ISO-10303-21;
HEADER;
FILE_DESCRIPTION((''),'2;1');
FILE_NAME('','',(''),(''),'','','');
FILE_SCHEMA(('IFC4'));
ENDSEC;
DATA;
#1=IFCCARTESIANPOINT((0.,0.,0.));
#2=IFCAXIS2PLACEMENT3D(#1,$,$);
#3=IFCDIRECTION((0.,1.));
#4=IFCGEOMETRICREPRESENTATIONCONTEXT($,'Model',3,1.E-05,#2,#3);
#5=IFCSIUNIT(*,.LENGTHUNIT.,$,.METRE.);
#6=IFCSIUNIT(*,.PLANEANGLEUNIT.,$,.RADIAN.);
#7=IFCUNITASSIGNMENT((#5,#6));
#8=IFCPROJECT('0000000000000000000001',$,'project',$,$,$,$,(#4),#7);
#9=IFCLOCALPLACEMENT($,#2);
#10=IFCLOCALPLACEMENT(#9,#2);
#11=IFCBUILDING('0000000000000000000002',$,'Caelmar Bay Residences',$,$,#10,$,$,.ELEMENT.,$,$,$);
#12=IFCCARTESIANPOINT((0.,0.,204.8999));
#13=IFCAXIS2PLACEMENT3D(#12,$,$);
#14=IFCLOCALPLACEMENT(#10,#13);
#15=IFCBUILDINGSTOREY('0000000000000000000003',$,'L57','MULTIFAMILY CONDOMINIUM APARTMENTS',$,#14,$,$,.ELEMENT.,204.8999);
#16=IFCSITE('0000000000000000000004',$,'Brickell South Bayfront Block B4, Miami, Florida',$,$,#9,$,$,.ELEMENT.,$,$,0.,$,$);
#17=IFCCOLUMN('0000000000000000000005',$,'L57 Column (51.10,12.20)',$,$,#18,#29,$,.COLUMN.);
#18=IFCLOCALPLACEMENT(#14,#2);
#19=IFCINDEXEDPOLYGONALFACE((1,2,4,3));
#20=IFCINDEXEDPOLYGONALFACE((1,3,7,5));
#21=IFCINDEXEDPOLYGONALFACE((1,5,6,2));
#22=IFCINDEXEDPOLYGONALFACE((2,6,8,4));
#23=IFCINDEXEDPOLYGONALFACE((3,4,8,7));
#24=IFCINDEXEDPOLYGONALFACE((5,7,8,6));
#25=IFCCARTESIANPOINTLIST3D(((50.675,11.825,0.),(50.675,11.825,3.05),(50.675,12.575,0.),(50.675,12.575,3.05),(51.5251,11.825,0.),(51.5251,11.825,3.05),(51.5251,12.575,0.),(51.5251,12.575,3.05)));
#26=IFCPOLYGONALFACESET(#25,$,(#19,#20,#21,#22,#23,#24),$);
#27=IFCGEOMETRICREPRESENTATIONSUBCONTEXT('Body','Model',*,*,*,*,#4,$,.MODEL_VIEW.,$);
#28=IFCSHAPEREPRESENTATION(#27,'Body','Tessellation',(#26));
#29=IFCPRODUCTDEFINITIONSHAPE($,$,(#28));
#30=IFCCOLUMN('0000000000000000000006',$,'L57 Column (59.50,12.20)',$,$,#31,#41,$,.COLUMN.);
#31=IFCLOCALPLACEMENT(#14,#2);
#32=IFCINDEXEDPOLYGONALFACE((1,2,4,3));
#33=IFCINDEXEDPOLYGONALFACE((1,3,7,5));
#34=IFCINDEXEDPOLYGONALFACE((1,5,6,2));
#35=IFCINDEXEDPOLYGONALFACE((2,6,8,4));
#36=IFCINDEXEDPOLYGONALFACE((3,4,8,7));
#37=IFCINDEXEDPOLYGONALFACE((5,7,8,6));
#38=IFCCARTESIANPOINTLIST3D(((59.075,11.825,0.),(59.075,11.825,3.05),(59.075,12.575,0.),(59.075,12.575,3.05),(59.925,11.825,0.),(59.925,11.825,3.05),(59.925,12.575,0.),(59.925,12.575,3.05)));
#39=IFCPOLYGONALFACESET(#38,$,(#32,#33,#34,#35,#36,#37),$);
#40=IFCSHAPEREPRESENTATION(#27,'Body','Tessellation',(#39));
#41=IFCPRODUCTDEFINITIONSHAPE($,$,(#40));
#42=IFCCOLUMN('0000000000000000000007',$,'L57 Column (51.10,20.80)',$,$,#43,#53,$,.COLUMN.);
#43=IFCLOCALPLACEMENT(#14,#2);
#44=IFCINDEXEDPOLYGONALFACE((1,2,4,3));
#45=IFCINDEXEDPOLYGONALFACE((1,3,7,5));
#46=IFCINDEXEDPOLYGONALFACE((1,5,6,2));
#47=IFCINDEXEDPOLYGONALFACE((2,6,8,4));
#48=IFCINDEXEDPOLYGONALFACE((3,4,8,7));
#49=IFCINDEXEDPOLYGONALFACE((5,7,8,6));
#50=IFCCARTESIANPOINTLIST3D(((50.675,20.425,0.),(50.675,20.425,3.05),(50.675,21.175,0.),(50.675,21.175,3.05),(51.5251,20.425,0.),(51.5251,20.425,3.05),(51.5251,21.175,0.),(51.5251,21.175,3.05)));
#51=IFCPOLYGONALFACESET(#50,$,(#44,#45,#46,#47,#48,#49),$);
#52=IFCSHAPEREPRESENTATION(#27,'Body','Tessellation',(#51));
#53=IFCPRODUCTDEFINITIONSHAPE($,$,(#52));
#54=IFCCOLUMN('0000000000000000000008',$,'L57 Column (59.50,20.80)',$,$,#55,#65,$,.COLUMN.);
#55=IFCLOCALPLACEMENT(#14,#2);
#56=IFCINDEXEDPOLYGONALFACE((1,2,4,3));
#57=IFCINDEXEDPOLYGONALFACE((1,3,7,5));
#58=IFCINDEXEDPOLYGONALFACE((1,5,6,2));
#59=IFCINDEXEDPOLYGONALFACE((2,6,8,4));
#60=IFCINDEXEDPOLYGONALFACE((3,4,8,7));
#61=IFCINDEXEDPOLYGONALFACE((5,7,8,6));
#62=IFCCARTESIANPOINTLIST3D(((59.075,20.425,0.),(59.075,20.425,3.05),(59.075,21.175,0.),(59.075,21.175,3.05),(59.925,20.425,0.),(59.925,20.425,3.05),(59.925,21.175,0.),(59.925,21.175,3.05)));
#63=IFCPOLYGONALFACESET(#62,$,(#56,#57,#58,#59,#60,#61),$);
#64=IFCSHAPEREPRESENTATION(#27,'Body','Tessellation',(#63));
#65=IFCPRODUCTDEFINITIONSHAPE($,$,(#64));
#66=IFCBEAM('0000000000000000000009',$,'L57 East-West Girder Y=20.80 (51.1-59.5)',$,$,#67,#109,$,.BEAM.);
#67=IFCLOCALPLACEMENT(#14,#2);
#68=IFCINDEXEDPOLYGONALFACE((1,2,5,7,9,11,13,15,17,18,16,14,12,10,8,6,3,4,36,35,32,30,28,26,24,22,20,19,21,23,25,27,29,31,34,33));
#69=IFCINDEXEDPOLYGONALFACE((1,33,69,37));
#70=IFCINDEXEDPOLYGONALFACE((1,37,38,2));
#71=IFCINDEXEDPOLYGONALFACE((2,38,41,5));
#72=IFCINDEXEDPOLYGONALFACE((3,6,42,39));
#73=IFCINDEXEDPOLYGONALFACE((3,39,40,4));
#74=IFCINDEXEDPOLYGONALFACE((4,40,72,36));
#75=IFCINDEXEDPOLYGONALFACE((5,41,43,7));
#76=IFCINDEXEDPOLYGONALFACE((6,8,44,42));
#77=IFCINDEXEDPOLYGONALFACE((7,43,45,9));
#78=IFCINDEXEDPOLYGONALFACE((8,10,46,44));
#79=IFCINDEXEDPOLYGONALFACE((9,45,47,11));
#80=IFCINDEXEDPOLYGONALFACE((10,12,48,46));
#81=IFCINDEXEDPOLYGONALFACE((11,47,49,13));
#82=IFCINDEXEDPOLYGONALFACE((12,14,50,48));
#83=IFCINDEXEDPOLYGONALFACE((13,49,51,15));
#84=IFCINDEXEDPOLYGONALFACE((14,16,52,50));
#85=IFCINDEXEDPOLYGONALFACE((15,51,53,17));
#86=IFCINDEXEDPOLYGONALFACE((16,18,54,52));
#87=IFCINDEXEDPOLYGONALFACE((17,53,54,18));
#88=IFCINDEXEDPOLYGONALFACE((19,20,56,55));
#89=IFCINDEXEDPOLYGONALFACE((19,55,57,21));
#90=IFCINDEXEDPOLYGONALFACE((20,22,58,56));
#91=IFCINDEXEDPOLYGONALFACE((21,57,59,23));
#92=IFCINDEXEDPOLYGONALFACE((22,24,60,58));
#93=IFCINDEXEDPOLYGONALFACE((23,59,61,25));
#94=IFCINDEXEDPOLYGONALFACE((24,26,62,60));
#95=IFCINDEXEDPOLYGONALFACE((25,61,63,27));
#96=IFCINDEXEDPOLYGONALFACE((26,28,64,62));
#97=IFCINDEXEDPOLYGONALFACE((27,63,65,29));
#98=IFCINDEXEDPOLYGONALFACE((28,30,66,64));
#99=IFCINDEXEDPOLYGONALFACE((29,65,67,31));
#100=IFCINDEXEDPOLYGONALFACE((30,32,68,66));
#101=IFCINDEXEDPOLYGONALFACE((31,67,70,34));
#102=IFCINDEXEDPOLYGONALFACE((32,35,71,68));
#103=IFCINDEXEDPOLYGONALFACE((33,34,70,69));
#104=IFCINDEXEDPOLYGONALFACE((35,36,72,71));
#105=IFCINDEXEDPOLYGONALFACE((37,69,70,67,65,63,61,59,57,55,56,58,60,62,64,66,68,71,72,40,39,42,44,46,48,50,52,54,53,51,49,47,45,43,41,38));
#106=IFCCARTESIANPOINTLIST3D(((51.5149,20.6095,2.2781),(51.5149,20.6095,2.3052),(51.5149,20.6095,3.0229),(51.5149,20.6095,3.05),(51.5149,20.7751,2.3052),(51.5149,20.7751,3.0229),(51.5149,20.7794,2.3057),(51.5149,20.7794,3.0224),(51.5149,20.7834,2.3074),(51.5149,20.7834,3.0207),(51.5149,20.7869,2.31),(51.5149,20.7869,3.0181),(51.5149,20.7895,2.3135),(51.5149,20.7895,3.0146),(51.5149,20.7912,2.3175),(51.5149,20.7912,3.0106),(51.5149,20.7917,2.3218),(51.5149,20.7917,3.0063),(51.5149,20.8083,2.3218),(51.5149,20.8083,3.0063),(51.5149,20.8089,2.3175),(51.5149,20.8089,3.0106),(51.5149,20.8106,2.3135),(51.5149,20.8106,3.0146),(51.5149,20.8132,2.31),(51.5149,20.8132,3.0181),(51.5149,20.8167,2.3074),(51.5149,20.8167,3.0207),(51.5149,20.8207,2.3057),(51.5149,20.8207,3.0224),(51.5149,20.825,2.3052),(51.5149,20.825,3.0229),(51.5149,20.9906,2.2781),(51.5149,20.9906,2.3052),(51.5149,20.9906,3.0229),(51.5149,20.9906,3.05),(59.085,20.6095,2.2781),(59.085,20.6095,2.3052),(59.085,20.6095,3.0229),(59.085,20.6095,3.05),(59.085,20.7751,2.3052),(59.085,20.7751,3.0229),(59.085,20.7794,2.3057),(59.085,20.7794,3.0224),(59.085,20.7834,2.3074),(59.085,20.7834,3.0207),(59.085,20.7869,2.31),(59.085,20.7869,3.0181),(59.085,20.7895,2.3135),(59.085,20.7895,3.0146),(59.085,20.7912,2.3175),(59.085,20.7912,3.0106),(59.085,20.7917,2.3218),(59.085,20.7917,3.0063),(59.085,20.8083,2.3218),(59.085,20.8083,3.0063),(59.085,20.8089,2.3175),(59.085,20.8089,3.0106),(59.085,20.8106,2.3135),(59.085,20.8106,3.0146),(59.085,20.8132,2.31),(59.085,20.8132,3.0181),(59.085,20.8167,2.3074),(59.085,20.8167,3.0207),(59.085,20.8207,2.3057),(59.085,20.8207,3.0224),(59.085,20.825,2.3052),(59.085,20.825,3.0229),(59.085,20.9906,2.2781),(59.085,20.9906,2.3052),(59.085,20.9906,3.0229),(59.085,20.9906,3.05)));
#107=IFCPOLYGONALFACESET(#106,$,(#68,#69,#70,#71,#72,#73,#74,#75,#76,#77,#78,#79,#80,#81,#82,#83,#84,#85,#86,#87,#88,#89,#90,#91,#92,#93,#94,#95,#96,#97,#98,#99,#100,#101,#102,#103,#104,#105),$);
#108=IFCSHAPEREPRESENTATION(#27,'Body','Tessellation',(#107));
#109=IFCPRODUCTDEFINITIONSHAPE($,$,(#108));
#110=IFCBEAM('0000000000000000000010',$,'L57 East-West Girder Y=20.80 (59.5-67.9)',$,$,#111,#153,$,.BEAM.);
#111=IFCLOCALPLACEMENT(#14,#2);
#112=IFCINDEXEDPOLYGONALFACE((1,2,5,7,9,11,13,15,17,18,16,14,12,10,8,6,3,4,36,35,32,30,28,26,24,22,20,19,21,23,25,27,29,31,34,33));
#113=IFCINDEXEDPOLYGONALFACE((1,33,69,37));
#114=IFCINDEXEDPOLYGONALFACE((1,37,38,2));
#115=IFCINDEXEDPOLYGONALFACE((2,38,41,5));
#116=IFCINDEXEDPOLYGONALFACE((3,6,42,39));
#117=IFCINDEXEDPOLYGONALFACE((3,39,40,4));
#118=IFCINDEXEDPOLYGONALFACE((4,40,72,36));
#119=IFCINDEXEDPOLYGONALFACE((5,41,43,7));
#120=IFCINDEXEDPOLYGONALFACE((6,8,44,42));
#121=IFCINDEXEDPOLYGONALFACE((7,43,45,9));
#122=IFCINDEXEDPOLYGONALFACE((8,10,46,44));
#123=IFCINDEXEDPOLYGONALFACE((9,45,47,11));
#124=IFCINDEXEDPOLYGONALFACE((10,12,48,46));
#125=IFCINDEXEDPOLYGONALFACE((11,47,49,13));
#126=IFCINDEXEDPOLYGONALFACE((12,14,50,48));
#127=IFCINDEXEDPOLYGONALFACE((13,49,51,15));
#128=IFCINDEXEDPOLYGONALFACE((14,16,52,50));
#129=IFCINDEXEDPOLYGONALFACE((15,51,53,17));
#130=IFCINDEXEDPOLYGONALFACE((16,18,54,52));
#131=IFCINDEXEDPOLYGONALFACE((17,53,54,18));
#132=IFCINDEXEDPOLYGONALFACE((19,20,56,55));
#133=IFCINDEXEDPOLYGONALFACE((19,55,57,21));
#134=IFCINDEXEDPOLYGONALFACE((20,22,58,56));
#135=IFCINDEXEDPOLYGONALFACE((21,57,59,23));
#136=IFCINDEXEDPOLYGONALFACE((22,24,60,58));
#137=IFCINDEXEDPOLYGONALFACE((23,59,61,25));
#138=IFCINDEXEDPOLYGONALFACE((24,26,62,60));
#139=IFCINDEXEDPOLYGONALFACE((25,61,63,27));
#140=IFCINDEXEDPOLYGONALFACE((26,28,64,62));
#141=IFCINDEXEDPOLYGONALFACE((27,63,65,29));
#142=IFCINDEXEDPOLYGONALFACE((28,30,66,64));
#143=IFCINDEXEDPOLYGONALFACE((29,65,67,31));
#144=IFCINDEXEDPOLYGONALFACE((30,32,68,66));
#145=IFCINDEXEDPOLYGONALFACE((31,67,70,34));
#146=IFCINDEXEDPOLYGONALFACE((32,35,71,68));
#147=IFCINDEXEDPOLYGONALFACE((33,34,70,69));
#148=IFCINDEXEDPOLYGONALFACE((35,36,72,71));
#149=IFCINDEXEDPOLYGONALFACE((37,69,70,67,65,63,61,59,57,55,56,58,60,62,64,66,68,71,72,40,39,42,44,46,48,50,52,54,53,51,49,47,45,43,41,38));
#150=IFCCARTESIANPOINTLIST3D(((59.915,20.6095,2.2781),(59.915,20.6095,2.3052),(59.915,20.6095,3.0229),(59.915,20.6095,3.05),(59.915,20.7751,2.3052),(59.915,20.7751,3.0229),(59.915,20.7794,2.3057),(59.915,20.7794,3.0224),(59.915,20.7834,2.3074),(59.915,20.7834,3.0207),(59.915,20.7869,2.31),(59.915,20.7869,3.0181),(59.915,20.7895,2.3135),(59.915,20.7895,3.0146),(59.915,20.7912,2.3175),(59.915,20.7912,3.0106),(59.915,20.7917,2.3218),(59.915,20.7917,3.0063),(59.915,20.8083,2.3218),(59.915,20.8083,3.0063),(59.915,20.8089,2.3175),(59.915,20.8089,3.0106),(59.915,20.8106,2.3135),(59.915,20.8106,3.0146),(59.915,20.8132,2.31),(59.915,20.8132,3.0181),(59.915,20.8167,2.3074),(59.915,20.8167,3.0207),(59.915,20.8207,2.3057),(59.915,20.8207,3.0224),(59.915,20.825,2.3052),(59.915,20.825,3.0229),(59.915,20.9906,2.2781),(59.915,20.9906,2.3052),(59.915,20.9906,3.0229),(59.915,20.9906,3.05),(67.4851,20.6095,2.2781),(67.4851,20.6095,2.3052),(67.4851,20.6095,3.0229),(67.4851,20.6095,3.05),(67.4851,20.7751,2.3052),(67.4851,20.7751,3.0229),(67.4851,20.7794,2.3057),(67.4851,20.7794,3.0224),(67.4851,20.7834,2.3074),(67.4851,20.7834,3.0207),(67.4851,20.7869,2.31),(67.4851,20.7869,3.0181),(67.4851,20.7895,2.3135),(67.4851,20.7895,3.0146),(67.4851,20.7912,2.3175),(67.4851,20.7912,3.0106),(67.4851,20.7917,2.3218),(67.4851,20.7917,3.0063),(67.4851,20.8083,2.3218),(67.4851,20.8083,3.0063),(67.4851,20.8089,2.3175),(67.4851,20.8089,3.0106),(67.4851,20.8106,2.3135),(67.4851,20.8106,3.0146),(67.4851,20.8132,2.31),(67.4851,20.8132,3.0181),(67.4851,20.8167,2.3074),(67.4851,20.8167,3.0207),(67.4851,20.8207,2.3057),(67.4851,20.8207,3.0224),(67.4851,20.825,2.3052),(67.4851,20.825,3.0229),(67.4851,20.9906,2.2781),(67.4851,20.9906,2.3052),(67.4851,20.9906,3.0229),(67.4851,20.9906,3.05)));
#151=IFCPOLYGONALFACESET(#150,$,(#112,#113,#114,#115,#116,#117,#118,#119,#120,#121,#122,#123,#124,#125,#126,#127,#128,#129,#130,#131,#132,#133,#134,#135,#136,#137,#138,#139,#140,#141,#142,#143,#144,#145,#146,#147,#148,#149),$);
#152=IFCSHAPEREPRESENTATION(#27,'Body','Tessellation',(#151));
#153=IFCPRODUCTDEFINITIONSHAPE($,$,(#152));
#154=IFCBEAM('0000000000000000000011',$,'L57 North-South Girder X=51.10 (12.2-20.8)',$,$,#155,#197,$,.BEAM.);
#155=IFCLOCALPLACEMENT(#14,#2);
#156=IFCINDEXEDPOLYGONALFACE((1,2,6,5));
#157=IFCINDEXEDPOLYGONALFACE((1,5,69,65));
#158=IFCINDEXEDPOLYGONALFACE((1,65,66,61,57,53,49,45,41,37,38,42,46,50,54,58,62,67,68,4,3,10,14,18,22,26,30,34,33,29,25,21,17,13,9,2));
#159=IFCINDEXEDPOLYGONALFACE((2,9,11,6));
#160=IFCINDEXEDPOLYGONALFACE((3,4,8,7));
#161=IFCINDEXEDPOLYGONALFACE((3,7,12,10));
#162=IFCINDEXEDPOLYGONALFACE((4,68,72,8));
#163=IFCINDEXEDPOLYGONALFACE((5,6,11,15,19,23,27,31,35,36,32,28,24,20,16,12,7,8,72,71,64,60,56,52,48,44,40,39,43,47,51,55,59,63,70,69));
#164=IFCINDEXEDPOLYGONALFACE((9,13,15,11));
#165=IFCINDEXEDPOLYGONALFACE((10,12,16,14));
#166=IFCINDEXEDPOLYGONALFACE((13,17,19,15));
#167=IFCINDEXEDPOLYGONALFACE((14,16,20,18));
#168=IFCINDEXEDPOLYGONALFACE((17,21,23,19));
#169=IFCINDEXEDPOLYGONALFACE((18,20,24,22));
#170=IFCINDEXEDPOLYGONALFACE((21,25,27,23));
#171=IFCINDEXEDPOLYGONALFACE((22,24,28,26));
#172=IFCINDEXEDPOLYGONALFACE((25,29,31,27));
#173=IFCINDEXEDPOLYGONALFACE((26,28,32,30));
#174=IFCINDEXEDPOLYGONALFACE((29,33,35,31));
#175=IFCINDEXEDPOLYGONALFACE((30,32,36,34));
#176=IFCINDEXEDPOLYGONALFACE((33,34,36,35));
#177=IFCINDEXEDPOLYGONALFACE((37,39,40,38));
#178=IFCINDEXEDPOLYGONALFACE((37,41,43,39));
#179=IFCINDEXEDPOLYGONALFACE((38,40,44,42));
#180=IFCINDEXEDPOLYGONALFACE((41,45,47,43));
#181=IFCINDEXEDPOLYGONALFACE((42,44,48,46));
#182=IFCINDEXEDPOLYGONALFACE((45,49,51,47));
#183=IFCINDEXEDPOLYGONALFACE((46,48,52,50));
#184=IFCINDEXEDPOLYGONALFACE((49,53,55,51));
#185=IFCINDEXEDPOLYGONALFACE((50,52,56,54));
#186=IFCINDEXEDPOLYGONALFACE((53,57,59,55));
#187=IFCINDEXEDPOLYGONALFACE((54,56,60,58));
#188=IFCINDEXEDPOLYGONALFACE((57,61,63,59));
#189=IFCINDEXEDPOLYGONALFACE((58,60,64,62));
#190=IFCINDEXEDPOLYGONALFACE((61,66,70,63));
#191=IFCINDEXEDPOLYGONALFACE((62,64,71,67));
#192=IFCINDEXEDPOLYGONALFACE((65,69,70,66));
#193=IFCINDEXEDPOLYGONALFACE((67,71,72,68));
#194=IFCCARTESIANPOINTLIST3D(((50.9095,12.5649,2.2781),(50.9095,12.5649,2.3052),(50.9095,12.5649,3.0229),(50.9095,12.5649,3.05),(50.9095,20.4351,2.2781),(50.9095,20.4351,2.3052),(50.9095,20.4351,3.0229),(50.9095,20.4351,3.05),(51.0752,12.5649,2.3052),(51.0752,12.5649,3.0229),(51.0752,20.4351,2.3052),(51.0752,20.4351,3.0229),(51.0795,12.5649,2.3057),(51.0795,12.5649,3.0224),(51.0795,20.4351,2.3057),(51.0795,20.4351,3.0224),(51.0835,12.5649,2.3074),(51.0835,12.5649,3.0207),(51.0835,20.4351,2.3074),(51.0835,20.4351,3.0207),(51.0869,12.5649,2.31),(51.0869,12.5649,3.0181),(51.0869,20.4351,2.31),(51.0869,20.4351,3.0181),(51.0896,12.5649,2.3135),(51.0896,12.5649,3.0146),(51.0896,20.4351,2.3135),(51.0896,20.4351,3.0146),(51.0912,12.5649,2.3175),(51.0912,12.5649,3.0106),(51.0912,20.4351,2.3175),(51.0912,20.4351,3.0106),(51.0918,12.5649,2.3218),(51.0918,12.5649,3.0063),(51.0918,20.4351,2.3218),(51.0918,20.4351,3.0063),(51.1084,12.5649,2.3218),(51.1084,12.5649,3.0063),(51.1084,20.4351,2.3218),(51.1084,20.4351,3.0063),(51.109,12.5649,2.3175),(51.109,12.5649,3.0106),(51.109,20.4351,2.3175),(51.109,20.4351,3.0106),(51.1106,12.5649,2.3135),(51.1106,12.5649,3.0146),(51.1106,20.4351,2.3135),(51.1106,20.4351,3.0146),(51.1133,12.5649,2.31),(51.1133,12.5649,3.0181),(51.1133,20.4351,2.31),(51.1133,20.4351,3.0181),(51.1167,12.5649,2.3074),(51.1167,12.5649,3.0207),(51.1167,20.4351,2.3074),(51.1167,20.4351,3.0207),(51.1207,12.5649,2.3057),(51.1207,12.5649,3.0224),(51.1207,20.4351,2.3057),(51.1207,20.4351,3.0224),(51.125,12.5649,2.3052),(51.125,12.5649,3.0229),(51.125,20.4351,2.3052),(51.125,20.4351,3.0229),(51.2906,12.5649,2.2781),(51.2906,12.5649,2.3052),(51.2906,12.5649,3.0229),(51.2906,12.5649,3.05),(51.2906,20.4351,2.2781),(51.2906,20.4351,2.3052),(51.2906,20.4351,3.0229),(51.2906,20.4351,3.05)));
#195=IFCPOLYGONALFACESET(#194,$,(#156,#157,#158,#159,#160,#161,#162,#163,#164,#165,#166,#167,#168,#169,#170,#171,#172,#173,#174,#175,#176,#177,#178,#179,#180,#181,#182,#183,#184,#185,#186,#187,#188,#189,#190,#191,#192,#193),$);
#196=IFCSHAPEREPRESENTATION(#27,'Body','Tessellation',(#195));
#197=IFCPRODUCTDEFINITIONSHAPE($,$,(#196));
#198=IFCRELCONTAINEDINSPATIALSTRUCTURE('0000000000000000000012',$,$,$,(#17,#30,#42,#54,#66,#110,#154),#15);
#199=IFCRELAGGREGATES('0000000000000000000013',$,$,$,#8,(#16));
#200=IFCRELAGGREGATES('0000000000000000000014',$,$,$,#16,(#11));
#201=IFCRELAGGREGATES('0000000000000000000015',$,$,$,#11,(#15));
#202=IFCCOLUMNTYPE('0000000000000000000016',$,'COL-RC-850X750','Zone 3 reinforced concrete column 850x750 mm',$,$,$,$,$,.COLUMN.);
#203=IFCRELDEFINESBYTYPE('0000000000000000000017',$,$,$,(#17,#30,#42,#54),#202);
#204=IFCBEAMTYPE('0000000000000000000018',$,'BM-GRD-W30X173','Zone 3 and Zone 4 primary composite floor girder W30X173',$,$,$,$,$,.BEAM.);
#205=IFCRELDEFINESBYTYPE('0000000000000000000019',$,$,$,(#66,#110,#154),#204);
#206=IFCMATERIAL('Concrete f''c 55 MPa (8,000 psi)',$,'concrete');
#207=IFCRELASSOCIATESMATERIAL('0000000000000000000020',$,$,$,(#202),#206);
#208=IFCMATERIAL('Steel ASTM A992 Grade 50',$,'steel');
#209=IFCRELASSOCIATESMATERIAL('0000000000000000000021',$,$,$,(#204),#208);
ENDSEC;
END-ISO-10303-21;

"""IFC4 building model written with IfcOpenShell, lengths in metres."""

from ifc_helpers import new_model, si_unit, direction, frame, origin, origin_2d, place, context, subcontext, project, spatial, rectangle, i_section, extrude, material, material_profile, profile_set, type_object, element, save


model = new_model("IFC4")

# Units and contexts
model_context = context("Model", 3, precision=1e-05, world=origin(), true_north=direction((0.0, 1.0)))
body_context = subcontext(model_context, "Body", "Model", "MODEL_VIEW")
ifc_project = project(units=[si_unit("LENGTHUNIT", "METRE"), si_unit("PLANEANGLEUNIT", "RADIAN")], contexts=[model_context])

# Site, building, storey
site_placement = place(None, origin())
site = spatial("IfcSite", under=ifc_project, at=site_placement, Name="Brickell South Bayfront Block B4, Miami, Florida", CompositionType="ELEMENT", RefElevation=0.0)
building_placement = place(site_placement, origin())
building = spatial("IfcBuilding", under=site, at=building_placement, Name="Caelmar Bay Residences", CompositionType="ELEMENT")
storey_placement = place(building_placement, frame((0.0, 0.0, 204.8999)))
storey = spatial("IfcBuildingStorey", under=building, at=storey_placement, Name="L57", Description="MULTIFAMILY CONDOMINIUM APARTMENTS", CompositionType="ELEMENT", Elevation=204.8999)

# Columns
ifc_material_1 = material(Name="Concrete f'c 55 MPa (8,000 psi)", Category="concrete")
ifc_material_profile_1 = material_profile(ifc_material_1, rectangle(XDim=0.8501, YDim=0.75, at=origin_2d()), Name="RC-COL-850X750")
ifc_profile_set_1 = profile_set([ifc_material_profile_1], Name="Concrete f'c 55 MPa (8,000 psi)")
column_type = type_object("IfcColumnType", Name="COL-RC-850X750", Description="Zone 3 reinforced concrete column 850x750 mm", PredefinedType="COLUMN", material=ifc_profile_set_1)
for number, where, z_axis, x_axis, name in (
    (1, (51.1001, 12.2, 0.0), (0.0, 0.0, 1.0), (1.0, 0.0, 0.0), "L57 Column (51.10,12.20)"),
    (2, (59.5, 12.2, 0.0), (0.0, 0.0, 1.0), (1.0, 0.0, 0.0), "L57 Column (59.50,12.20)"),
    (3, (51.1001, 20.8, 0.0), (0.0, 0.0, 1.0), (1.0, 0.0, 0.0), "L57 Column (51.10,20.80)"),
    (4, (59.5, 20.8, 0.0), (0.0, 0.0, 1.0), (1.0, 0.0, 0.0), "L57 Column (59.50,20.80)"),
):
    element("IfcColumn", number, at=place(storey_placement, frame(where, z_axis=z_axis, x_axis=x_axis)), inside=storey, type_object=column_type, Name=name, PredefinedType="COLUMN", context=body_context, shape_type="SweptSolid", body=[
        extrude(rectangle(XDim=0.8501, YDim=0.75, at=origin_2d()), origin(), (0.0, 0.0, 1.0), 3.05),
    ])

# Beams
ifc_material_2 = material(Name="Steel ASTM A992 Grade 50", Category="steel")
ifc_material_profile_2 = material_profile(ifc_material_2, i_section(OverallWidth=0.3811, OverallDepth=0.772, WebThickness=0.0166, FlangeThickness=0.0271, FilletRadius=0.0166, at=origin_2d()), Name="W30X173")
ifc_profile_set_2 = profile_set([ifc_material_profile_2], Name="Steel ASTM A992 Grade 50")
beam_type_1 = type_object("IfcBeamType", Name="BM-GRD-W30X173", Description="Zone 3 and Zone 4 primary composite floor girder W30X173", PredefinedType="BEAM", material=ifc_profile_set_2)
for number, where, z_axis, x_axis, name in (
    (5, (51.5149, 20.8, 2.6641), (1.0, 0.0, 0.0), (0.0, 1.0, 0.0), "L57 East-West Girder Y=20.80 (51.1-59.5)"),
    (6, (59.915, 20.8, 2.6641), (1.0, 0.0, 0.0), (0.0, 1.0, 0.0), "L57 East-West Girder Y=20.80 (59.5-67.9)"),
):
    element("IfcBeam", number, at=place(storey_placement, frame(where, z_axis=z_axis, x_axis=x_axis)), inside=storey, type_object=beam_type_1, Name=name, PredefinedType="BEAM", context=body_context, shape_type="SweptSolid", body=[
        extrude(i_section(OverallWidth=0.3811, OverallDepth=0.772, WebThickness=0.0166, FlangeThickness=0.0271, FilletRadius=0.0166, at=origin_2d()), origin(), (0.0, 0.0, 1.0), 7.5701),
    ])
for number, where, z_axis, x_axis, name in (
    (7, (51.1001, 12.5649, 2.6641), (0.0, 1.0, 0.0), (-1.0, 0.0, 0.0), "L57 North-South Girder X=51.10 (12.2-20.8)"),
):
    element("IfcBeam", number, at=place(storey_placement, frame(where, z_axis=z_axis, x_axis=x_axis)), inside=storey, type_object=beam_type_1, Name=name, PredefinedType="BEAM", context=body_context, shape_type="SweptSolid", body=[
        extrude(i_section(OverallWidth=0.3811, OverallDepth=0.772, WebThickness=0.0166, FlangeThickness=0.0271, FilletRadius=0.0166, at=origin_2d()), origin(), (0.0, 0.0, 1.0), 7.8701),
    ])

save(model, "model.ifc")
